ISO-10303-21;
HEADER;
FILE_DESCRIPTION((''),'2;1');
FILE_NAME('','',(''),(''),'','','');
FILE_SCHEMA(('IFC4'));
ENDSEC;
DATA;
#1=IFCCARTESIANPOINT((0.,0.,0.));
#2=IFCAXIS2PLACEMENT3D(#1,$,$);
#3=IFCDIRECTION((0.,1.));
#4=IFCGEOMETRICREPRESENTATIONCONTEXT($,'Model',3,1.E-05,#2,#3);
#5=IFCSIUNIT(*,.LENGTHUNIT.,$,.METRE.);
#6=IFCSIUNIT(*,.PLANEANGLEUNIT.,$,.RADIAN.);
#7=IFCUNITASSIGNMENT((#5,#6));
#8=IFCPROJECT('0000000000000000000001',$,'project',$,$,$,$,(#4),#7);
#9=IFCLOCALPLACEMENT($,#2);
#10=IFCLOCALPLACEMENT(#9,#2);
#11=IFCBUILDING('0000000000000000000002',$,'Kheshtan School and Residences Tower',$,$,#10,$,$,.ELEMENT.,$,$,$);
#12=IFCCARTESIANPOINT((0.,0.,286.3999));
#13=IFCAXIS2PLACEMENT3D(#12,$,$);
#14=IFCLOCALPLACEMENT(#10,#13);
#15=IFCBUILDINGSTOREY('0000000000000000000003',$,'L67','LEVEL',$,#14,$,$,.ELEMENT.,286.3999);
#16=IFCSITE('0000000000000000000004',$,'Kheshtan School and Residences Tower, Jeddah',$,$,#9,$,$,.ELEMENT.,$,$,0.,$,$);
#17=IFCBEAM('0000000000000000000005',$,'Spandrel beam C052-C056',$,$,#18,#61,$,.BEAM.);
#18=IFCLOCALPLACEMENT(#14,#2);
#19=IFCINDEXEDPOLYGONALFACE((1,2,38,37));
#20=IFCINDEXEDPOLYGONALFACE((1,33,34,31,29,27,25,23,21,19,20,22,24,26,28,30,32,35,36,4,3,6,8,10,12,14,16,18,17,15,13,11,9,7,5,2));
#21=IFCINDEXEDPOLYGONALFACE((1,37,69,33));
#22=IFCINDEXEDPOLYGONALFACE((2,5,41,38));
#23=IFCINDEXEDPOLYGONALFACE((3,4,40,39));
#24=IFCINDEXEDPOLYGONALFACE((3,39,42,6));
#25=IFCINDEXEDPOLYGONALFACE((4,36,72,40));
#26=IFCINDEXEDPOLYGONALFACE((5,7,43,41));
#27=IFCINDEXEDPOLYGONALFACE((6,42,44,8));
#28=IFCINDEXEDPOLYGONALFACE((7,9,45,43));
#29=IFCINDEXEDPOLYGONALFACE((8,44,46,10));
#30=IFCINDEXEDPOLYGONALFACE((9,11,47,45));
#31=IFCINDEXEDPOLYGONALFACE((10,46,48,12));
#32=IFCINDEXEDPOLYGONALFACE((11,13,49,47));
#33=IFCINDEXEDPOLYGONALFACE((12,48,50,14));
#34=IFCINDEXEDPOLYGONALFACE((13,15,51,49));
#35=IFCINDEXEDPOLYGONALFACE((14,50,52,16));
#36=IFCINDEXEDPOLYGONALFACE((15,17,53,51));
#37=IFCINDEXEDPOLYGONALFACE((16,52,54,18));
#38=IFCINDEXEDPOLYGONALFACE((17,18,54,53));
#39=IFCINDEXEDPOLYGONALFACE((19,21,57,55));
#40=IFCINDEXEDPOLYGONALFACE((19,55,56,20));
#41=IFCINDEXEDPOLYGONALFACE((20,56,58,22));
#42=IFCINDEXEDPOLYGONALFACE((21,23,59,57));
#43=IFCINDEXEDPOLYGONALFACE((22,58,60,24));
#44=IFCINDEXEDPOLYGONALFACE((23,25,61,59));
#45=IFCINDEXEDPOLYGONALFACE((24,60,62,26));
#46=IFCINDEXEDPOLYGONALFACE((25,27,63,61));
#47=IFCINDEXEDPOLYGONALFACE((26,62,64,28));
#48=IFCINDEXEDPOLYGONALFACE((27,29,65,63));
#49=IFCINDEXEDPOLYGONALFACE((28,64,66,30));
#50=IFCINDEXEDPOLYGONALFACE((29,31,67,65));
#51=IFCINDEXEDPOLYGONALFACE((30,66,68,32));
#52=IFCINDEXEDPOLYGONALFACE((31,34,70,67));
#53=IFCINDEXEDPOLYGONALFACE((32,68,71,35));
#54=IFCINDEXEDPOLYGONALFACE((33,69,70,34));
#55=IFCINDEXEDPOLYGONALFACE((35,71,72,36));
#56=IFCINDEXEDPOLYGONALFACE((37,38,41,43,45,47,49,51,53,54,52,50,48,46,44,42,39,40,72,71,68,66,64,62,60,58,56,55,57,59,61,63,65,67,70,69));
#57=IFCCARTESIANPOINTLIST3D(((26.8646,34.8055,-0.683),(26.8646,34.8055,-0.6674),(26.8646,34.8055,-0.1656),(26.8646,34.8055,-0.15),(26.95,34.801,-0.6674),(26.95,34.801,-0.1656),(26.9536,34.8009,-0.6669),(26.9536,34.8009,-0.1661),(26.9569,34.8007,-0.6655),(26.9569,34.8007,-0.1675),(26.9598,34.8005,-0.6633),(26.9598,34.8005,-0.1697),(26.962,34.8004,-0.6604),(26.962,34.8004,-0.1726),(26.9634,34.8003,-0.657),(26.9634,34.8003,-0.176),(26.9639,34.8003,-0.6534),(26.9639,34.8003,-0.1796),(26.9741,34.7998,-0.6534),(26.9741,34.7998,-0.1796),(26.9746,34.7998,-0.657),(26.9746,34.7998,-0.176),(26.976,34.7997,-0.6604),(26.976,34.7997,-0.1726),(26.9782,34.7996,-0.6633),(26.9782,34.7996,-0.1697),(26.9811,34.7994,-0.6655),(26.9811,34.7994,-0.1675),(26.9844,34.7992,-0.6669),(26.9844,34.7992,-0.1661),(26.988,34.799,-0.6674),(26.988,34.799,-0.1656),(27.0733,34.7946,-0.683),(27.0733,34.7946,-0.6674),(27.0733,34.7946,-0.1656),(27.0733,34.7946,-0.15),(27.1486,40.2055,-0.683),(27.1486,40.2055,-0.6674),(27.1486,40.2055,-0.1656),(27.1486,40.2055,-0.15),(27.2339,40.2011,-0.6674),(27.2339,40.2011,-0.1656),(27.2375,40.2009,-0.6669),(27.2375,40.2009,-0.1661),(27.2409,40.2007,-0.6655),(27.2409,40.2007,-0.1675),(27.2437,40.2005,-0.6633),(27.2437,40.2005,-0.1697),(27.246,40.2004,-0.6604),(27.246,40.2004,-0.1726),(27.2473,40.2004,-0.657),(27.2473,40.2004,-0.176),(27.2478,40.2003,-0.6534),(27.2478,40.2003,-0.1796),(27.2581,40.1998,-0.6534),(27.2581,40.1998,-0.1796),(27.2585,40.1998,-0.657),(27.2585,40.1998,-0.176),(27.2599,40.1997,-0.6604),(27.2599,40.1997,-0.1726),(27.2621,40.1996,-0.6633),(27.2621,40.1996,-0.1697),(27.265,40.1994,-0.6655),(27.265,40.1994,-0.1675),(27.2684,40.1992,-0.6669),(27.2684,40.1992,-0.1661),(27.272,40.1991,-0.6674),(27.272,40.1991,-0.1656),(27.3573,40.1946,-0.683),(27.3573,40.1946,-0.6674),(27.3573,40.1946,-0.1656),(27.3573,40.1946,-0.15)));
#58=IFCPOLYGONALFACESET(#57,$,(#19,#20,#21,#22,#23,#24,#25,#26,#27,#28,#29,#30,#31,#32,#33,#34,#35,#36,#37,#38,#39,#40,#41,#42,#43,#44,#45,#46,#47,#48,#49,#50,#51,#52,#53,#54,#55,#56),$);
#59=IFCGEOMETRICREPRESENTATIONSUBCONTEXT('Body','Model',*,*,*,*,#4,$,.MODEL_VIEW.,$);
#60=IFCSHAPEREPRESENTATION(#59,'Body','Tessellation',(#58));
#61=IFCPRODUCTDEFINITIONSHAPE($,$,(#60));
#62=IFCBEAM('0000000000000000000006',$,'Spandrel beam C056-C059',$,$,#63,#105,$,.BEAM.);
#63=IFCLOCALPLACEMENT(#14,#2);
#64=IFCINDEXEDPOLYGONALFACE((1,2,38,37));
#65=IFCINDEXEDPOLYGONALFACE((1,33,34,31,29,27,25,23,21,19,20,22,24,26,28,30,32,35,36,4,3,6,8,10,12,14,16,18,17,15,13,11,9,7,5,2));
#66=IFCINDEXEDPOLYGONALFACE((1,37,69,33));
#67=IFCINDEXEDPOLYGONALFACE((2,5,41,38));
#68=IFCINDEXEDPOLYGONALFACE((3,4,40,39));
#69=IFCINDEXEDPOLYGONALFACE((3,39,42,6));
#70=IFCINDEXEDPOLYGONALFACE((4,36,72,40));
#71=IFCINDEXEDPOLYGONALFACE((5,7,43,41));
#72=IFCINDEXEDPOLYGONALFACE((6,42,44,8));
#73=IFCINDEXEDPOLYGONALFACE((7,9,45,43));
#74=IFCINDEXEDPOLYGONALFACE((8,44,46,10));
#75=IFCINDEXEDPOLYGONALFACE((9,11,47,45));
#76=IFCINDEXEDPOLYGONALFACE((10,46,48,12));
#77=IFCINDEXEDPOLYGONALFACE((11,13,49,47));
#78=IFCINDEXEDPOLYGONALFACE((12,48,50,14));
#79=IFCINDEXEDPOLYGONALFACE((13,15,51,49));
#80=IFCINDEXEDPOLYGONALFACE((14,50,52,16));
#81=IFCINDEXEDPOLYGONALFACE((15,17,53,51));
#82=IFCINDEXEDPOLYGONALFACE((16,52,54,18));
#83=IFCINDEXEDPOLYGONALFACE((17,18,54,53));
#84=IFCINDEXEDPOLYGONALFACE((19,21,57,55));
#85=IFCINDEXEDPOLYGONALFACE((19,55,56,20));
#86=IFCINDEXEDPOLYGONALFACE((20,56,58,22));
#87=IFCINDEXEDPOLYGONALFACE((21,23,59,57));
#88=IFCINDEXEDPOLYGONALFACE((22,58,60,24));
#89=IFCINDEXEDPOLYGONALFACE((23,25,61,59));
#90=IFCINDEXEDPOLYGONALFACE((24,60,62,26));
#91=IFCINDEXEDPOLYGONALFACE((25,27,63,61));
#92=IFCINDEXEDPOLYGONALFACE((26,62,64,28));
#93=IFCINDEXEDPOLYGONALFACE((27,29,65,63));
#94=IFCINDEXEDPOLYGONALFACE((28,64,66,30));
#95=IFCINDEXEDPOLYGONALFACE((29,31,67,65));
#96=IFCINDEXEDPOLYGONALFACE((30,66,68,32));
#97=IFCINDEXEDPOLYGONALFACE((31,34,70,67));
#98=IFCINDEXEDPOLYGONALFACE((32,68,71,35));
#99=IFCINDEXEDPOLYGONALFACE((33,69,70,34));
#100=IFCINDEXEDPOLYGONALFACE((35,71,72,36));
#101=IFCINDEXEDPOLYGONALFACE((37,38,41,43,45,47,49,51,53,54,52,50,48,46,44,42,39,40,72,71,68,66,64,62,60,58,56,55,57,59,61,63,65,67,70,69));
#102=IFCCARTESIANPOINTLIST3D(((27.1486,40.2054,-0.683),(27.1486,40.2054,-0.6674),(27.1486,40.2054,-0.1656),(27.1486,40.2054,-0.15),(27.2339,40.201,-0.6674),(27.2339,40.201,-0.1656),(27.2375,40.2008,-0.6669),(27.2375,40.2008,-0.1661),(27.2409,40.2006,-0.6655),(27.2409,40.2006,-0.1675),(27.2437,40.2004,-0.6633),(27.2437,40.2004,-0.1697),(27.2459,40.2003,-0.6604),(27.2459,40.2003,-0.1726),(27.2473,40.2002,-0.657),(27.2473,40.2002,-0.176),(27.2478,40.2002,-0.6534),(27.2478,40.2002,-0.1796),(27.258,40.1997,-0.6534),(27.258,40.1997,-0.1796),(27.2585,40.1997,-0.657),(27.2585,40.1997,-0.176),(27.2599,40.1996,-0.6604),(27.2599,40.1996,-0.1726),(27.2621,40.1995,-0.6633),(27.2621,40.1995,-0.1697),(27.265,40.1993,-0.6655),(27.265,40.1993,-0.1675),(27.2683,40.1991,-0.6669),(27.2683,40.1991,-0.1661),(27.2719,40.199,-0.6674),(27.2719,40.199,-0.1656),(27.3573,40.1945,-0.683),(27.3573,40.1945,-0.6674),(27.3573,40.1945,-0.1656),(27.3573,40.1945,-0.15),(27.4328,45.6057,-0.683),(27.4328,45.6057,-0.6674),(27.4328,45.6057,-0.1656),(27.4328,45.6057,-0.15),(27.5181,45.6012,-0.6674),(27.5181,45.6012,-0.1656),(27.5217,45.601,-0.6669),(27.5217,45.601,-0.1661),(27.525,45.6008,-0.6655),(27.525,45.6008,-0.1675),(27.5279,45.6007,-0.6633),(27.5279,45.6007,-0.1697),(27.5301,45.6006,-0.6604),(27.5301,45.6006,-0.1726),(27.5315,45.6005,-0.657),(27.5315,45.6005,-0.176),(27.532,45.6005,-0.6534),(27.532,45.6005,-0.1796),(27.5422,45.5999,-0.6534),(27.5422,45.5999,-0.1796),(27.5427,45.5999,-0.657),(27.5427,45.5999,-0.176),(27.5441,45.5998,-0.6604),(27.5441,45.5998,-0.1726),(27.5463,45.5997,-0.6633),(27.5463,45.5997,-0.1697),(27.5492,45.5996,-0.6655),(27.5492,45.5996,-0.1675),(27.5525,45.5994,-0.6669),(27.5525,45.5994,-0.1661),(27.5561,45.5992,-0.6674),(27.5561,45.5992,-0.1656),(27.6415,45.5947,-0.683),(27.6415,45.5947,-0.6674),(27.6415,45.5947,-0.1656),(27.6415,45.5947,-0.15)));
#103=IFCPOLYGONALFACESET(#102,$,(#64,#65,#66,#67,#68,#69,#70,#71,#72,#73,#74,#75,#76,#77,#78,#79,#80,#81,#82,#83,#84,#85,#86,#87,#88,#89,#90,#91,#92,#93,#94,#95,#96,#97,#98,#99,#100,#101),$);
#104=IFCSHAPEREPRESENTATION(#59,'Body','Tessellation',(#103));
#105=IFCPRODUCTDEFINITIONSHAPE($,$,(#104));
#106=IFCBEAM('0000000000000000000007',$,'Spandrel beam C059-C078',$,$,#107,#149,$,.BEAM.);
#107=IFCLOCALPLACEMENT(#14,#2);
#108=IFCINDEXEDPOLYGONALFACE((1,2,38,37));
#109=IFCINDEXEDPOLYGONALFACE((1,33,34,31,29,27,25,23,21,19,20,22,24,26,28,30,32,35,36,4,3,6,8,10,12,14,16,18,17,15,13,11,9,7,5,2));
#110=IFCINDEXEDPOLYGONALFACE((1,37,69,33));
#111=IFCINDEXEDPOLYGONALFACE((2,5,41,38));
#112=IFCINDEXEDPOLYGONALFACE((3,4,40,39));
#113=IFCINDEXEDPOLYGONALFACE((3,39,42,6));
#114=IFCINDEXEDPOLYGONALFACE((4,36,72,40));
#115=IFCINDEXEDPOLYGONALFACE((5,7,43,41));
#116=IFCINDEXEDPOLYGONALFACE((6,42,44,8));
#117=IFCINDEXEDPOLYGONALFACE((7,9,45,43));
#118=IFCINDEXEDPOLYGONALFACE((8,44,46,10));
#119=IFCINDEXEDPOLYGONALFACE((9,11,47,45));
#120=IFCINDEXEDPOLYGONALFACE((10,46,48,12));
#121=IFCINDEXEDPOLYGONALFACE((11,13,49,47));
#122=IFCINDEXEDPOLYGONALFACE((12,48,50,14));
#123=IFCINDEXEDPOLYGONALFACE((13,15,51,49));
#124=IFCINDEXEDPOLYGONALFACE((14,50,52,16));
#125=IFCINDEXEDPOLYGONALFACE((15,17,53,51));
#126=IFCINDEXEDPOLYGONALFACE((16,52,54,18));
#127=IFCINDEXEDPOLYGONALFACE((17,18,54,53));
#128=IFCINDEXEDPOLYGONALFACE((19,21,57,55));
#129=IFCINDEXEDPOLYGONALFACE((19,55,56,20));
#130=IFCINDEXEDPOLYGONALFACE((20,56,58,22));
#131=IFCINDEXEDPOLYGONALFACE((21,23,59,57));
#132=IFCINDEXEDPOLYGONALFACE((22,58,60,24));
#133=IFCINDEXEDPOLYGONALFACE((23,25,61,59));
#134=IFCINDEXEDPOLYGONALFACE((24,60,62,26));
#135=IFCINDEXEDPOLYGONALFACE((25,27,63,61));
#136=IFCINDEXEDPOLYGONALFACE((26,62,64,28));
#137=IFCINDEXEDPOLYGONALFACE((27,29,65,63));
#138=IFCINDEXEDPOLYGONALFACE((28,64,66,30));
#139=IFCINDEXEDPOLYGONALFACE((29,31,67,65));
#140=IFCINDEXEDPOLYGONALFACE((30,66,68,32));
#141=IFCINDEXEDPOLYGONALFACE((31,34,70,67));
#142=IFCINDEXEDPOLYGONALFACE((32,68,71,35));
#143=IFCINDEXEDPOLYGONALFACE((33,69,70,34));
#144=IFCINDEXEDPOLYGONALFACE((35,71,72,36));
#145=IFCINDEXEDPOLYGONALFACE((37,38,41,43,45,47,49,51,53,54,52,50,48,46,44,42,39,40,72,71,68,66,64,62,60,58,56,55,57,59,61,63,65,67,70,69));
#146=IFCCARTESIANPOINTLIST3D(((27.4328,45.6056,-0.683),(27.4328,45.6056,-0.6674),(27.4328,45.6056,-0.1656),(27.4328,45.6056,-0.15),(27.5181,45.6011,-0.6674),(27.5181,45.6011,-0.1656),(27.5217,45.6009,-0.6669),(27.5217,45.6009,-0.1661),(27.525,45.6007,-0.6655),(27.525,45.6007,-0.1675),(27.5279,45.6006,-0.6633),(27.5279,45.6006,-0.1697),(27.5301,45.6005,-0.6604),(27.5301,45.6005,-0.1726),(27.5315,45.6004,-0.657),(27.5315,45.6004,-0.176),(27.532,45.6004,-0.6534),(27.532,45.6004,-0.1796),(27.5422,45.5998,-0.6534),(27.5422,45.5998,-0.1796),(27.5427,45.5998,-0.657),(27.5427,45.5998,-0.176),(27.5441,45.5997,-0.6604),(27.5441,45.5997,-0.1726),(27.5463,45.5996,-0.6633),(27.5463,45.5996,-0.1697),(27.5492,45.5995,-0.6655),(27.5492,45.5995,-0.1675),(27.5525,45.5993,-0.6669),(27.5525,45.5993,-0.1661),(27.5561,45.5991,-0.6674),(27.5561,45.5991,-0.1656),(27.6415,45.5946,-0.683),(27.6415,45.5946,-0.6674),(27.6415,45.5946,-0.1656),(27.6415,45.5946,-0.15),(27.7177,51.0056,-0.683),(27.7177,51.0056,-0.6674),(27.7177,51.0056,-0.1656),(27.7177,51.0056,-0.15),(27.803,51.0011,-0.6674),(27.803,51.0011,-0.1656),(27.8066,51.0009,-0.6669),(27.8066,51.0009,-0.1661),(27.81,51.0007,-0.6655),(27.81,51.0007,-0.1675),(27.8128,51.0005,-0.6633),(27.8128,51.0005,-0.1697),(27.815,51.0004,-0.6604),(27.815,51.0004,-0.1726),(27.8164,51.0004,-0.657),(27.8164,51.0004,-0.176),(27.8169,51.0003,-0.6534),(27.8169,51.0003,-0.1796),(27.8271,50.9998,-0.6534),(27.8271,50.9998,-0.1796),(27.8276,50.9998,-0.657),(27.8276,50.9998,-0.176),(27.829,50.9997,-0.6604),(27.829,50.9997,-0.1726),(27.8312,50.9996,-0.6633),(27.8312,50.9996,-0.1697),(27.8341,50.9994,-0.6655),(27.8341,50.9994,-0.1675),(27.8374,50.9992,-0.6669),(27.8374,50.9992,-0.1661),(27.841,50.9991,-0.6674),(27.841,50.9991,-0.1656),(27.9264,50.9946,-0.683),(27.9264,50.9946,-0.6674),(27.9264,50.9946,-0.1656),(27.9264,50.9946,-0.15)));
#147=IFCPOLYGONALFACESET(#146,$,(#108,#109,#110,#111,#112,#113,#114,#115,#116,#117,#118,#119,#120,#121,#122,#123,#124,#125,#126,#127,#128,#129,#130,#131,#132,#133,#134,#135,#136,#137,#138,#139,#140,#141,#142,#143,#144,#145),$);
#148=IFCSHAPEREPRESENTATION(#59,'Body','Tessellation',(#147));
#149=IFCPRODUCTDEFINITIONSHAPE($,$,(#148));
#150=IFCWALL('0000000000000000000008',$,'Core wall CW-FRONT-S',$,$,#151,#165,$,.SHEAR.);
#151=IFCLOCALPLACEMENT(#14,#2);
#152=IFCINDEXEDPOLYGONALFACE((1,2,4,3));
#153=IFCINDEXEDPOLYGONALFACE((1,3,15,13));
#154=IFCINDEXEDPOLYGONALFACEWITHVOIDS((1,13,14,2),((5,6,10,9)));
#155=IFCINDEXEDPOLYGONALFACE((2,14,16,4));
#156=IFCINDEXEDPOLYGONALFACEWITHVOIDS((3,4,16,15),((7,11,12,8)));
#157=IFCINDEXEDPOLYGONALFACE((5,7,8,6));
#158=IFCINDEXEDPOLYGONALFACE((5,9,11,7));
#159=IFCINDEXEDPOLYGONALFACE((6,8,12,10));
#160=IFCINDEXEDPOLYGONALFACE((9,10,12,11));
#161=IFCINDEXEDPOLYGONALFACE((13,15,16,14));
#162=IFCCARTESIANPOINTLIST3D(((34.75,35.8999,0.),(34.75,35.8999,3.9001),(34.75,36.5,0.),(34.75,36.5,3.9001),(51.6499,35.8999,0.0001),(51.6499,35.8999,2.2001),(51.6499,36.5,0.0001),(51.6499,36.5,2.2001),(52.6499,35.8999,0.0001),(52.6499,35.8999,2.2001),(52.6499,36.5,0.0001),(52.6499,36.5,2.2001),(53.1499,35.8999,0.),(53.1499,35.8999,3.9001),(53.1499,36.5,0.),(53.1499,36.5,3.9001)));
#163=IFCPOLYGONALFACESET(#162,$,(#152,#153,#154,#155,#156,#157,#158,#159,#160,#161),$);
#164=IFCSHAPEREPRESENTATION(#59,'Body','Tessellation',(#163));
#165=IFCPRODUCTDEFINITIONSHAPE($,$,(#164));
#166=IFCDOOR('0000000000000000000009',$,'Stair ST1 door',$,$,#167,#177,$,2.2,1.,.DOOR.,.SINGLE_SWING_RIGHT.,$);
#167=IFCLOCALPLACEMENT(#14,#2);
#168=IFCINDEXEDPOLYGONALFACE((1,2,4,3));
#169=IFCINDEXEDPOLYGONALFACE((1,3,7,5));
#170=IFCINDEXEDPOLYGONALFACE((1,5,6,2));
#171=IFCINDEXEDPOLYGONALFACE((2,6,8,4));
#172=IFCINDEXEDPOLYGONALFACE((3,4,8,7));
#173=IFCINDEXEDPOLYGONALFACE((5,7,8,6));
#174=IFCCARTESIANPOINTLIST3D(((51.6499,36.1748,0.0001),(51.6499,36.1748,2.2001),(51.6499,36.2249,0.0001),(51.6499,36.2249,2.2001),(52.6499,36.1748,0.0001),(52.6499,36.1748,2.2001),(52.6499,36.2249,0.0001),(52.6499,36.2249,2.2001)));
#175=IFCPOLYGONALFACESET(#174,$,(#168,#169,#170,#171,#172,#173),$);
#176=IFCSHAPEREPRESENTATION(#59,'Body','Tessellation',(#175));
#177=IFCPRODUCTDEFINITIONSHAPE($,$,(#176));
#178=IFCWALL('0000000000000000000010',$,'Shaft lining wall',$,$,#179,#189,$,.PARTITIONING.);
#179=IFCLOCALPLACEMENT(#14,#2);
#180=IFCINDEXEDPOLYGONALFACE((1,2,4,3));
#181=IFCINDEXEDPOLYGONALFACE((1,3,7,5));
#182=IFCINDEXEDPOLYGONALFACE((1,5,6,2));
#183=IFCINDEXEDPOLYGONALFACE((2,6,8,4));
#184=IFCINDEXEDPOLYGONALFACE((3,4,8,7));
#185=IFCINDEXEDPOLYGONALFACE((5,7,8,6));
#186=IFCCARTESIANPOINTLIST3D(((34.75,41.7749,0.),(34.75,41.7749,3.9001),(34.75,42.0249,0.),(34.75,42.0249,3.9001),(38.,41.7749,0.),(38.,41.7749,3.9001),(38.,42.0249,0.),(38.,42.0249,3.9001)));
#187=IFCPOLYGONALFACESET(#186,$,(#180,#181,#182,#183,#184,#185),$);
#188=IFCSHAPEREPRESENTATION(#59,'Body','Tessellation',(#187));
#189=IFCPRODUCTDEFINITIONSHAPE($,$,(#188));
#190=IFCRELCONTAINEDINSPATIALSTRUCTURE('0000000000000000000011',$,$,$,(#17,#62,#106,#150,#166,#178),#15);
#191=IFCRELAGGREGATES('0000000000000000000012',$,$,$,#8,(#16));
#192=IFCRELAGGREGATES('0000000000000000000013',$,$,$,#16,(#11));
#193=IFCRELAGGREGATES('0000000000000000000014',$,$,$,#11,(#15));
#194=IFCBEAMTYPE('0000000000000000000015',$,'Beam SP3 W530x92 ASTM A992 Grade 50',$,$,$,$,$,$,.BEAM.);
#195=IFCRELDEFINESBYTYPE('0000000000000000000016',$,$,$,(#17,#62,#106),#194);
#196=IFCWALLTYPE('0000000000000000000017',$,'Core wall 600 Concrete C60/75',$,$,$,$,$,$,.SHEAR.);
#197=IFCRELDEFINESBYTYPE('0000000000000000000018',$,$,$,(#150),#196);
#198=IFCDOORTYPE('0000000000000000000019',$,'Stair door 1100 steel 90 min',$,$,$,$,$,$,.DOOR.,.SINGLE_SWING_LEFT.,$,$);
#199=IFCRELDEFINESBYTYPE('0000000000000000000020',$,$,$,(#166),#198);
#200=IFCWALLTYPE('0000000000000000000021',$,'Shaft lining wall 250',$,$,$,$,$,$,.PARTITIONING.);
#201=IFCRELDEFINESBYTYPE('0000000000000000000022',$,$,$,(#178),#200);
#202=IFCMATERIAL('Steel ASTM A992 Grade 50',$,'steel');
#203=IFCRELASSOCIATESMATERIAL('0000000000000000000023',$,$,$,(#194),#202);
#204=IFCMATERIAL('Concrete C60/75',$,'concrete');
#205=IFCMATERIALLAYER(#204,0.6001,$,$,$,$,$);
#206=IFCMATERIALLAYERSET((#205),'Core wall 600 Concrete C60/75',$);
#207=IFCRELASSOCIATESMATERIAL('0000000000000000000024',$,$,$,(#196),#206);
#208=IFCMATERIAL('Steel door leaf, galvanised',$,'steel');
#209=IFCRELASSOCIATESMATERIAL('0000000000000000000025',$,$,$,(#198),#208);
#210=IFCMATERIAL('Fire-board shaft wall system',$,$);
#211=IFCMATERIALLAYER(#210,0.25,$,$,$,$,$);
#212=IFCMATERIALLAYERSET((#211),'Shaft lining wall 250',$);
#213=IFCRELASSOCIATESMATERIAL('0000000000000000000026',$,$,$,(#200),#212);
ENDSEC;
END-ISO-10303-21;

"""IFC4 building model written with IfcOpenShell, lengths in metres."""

from ifc_helpers import new_model, si_unit, direction, frame, frame_2d, origin, origin_2d, place, context, subcontext, project, spatial, rectangle, i_section, extrude, source, transform, mapped, material, layer, layer_set, material_profile, profile_set, type_object, element, fill, save


model = new_model("IFC4")

# Units and contexts
model_context = context("Model", 3, precision=1e-05, world=origin(), true_north=direction((0.0, 1.0)))
body_context = subcontext(model_context, "Body", "Model", "MODEL_VIEW")
ifc_project = project(units=[si_unit("LENGTHUNIT", "METRE"), si_unit("PLANEANGLEUNIT", "RADIAN")], contexts=[model_context])

# Site, building, storey
site_placement = place(None, origin())
site = spatial("IfcSite", under=ifc_project, at=site_placement, Name="Kheshtan School and Residences Tower, Jeddah", CompositionType="ELEMENT", RefElevation=0.0)
building_placement = place(site_placement, origin())
building = spatial("IfcBuilding", under=site, at=building_placement, Name="Kheshtan School and Residences Tower", CompositionType="ELEMENT")
storey_placement = place(building_placement, frame((0.0, 0.0, 286.3999)))
storey = spatial("IfcBuildingStorey", under=building, at=storey_placement, Name="L67", Description="LEVEL", CompositionType="ELEMENT", Elevation=286.3999)

# Shared definitions
ifc_material_1 = material(Name="Steel ASTM A992 Grade 50", Category="steel")

# Beams
ifc_material_profile_1 = material_profile(ifc_material_1, i_section(OverallWidth=0.209, OverallDepth=0.533, WebThickness=0.0103, FlangeThickness=0.0156, FilletRadius=0.0139, at=origin_2d()), Name="W530x92")
ifc_profile_set_1 = profile_set([ifc_material_profile_1], Name="Steel ASTM A992 Grade 50")
beam_type_1 = type_object("IfcBeamType", Name="Beam SP3 W530x92 ASTM A992 Grade 50", PredefinedType="BEAM", material=ifc_profile_set_1)
beam_1_placement = place(storey_placement, frame((26.969, 34.8, -0.4165), z_axis=(0.052509, 0.99862, 0.0), x_axis=(-0.99862, 0.052509, 0.0)))
element("IfcBeam", 1, at=beam_1_placement, inside=storey, type_object=beam_type_1, Name="Spandrel beam C052-C056", PredefinedType="BEAM", context=body_context, shape_type="SweptSolid", body=[
    extrude(i_section(OverallWidth=0.209, OverallDepth=0.533, WebThickness=0.0103, FlangeThickness=0.0156, FilletRadius=0.0139, at=origin_2d()), origin(), (0.0, 0.0, 1.0), 5.4075),
])
beam_2_placement = place(storey_placement, frame((27.2529, 40.2, -0.4165), z_axis=(0.052552, 0.998618, 0.0), x_axis=(-0.998618, 0.052552, 0.0)))
element("IfcBeam", 2, at=beam_2_placement, inside=storey, type_object=beam_type_1, Name="Spandrel beam C056-C059", PredefinedType="BEAM", context=body_context, shape_type="SweptSolid", body=[
    extrude(i_section(OverallWidth=0.209, OverallDepth=0.533, WebThickness=0.0103, FlangeThickness=0.0156, FilletRadius=0.0139, at=origin_2d()), origin(), (0.0, 0.0, 1.0), 5.4077),
])
beam_3_placement = place(storey_placement, frame((27.5371, 45.6001, -0.4165), z_axis=(0.052689, 0.998611, 0.0), x_axis=(-0.998611, 0.052689, 0.0)))
element("IfcBeam", 3, at=beam_3_placement, inside=storey, type_object=beam_type_1, Name="Spandrel beam C059-C078", PredefinedType="BEAM", context=body_context, shape_type="SweptSolid", body=[
    extrude(i_section(OverallWidth=0.209, OverallDepth=0.533, WebThickness=0.0103, FlangeThickness=0.0156, FilletRadius=0.0139, at=origin_2d()), origin(), (0.0, 0.0, 1.0), 5.4075),
])

# Wall, opening, door
ifc_material_2 = material(Name="Concrete C60/75", Category="concrete")
ifc_layer_1 = layer(ifc_material_2, 0.6001)
ifc_layer_set_1 = layer_set([ifc_layer_1], Name="Core wall 600 Concrete C60/75")
wall_type_1 = type_object("IfcWallType", Name="Core wall 600 Concrete C60/75", PredefinedType="SHEAR", material=ifc_layer_set_1)
wall_1_placement = place(storey_placement, frame((34.75, 36.2, 0.0), z_axis=(0.0, 0.0, 1.0), x_axis=(1.0, 0.0, 0.0)))
wall_1 = element("IfcWall", 4, at=wall_1_placement, inside=storey, type_object=wall_type_1, Name="Core wall CW-FRONT-S", PredefinedType="SHEAR", context=body_context, shape_type="SweptSolid", body=[
    extrude(rectangle(XDim=18.3999, YDim=0.6001, at=frame_2d((9.2, 0.0))), origin(), (0.0, 0.0, 1.0), 3.9001),
])
opening_placement = place(wall_1_placement, frame((16.8999, 0.0, 0.0)))
opening = element("IfcOpeningElement", 5, at=opening_placement, cuts=wall_1, PredefinedType="OPENING", context=body_context, shape_type="SweptSolid", body=[
    extrude(rectangle(XDim=1.0, YDim=2.2, at=frame_2d((0.5, 1.1001))), frame((0.0, 0.3101, 0.0), z_axis=(0.0, -1.0, 0.0), x_axis=(1.0, 0.0, 0.0)), (0.0, 0.0, 1.0), 0.6201),
])
ifc_material_3 = material(Name="Steel door leaf, galvanised", Category="steel")
door_type = type_object("IfcDoorType", Name="Stair door 1100 steel 90 min", OperationType="SINGLE_SWING_LEFT", PredefinedType="DOOR", material=ifc_material_3)
shared_shape = source(origin(), body_context, "Body", "SweptSolid", [
    extrude(rectangle(XDim=1.0, YDim=2.2, at=frame_2d((0.5, 1.1001))), frame((0.0, 0.0249, 0.0), z_axis=(0.0, -1.0, 0.0), x_axis=(1.0, 0.0, 0.0)), (0.0, 0.0, 1.0), 0.05),
])
door_placement = place(opening_placement, origin())
door = element("IfcDoor", 6, at=door_placement, inside=storey, type_object=door_type, Name="Stair ST1 door", OperationType="SINGLE_SWING_RIGHT", OverallHeight=2.2, OverallWidth=1.0, PredefinedType="DOOR", context=body_context, shape_type="MappedRepresentation", body=[
    mapped(shared_shape, transform((0.0, 0.0, 0.0), x_axis=(1.0, 0.0, 0.0), y_axis=(0.0, 1.0, 0.0), z_axis=(0.0, 0.0, 1.0), scale=1.0)),
])
fill(opening, door)

# Wall
ifc_material_4 = material(Name="Fire-board shaft wall system")
ifc_layer_2 = layer(ifc_material_4, 0.25)
ifc_layer_set_2 = layer_set([ifc_layer_2], Name="Shaft lining wall 250")
wall_type_2 = type_object("IfcWallType", Name="Shaft lining wall 250", PredefinedType="PARTITIONING", material=ifc_layer_set_2)
wall_2_placement = place(storey_placement, frame((34.75, 41.8999, 0.0), z_axis=(0.0, 0.0, 1.0), x_axis=(1.0, 0.0, 0.0)))
element("IfcWall", 7, at=wall_2_placement, inside=storey, type_object=wall_type_2, Name="Shaft lining wall", PredefinedType="PARTITIONING", context=body_context, shape_type="SweptSolid", body=[
    extrude(rectangle(XDim=3.25, YDim=0.25, at=frame_2d((1.625, 0.0))), origin(), (0.0, 0.0, 1.0), 3.9001),
])

save(model, "model.ifc")
